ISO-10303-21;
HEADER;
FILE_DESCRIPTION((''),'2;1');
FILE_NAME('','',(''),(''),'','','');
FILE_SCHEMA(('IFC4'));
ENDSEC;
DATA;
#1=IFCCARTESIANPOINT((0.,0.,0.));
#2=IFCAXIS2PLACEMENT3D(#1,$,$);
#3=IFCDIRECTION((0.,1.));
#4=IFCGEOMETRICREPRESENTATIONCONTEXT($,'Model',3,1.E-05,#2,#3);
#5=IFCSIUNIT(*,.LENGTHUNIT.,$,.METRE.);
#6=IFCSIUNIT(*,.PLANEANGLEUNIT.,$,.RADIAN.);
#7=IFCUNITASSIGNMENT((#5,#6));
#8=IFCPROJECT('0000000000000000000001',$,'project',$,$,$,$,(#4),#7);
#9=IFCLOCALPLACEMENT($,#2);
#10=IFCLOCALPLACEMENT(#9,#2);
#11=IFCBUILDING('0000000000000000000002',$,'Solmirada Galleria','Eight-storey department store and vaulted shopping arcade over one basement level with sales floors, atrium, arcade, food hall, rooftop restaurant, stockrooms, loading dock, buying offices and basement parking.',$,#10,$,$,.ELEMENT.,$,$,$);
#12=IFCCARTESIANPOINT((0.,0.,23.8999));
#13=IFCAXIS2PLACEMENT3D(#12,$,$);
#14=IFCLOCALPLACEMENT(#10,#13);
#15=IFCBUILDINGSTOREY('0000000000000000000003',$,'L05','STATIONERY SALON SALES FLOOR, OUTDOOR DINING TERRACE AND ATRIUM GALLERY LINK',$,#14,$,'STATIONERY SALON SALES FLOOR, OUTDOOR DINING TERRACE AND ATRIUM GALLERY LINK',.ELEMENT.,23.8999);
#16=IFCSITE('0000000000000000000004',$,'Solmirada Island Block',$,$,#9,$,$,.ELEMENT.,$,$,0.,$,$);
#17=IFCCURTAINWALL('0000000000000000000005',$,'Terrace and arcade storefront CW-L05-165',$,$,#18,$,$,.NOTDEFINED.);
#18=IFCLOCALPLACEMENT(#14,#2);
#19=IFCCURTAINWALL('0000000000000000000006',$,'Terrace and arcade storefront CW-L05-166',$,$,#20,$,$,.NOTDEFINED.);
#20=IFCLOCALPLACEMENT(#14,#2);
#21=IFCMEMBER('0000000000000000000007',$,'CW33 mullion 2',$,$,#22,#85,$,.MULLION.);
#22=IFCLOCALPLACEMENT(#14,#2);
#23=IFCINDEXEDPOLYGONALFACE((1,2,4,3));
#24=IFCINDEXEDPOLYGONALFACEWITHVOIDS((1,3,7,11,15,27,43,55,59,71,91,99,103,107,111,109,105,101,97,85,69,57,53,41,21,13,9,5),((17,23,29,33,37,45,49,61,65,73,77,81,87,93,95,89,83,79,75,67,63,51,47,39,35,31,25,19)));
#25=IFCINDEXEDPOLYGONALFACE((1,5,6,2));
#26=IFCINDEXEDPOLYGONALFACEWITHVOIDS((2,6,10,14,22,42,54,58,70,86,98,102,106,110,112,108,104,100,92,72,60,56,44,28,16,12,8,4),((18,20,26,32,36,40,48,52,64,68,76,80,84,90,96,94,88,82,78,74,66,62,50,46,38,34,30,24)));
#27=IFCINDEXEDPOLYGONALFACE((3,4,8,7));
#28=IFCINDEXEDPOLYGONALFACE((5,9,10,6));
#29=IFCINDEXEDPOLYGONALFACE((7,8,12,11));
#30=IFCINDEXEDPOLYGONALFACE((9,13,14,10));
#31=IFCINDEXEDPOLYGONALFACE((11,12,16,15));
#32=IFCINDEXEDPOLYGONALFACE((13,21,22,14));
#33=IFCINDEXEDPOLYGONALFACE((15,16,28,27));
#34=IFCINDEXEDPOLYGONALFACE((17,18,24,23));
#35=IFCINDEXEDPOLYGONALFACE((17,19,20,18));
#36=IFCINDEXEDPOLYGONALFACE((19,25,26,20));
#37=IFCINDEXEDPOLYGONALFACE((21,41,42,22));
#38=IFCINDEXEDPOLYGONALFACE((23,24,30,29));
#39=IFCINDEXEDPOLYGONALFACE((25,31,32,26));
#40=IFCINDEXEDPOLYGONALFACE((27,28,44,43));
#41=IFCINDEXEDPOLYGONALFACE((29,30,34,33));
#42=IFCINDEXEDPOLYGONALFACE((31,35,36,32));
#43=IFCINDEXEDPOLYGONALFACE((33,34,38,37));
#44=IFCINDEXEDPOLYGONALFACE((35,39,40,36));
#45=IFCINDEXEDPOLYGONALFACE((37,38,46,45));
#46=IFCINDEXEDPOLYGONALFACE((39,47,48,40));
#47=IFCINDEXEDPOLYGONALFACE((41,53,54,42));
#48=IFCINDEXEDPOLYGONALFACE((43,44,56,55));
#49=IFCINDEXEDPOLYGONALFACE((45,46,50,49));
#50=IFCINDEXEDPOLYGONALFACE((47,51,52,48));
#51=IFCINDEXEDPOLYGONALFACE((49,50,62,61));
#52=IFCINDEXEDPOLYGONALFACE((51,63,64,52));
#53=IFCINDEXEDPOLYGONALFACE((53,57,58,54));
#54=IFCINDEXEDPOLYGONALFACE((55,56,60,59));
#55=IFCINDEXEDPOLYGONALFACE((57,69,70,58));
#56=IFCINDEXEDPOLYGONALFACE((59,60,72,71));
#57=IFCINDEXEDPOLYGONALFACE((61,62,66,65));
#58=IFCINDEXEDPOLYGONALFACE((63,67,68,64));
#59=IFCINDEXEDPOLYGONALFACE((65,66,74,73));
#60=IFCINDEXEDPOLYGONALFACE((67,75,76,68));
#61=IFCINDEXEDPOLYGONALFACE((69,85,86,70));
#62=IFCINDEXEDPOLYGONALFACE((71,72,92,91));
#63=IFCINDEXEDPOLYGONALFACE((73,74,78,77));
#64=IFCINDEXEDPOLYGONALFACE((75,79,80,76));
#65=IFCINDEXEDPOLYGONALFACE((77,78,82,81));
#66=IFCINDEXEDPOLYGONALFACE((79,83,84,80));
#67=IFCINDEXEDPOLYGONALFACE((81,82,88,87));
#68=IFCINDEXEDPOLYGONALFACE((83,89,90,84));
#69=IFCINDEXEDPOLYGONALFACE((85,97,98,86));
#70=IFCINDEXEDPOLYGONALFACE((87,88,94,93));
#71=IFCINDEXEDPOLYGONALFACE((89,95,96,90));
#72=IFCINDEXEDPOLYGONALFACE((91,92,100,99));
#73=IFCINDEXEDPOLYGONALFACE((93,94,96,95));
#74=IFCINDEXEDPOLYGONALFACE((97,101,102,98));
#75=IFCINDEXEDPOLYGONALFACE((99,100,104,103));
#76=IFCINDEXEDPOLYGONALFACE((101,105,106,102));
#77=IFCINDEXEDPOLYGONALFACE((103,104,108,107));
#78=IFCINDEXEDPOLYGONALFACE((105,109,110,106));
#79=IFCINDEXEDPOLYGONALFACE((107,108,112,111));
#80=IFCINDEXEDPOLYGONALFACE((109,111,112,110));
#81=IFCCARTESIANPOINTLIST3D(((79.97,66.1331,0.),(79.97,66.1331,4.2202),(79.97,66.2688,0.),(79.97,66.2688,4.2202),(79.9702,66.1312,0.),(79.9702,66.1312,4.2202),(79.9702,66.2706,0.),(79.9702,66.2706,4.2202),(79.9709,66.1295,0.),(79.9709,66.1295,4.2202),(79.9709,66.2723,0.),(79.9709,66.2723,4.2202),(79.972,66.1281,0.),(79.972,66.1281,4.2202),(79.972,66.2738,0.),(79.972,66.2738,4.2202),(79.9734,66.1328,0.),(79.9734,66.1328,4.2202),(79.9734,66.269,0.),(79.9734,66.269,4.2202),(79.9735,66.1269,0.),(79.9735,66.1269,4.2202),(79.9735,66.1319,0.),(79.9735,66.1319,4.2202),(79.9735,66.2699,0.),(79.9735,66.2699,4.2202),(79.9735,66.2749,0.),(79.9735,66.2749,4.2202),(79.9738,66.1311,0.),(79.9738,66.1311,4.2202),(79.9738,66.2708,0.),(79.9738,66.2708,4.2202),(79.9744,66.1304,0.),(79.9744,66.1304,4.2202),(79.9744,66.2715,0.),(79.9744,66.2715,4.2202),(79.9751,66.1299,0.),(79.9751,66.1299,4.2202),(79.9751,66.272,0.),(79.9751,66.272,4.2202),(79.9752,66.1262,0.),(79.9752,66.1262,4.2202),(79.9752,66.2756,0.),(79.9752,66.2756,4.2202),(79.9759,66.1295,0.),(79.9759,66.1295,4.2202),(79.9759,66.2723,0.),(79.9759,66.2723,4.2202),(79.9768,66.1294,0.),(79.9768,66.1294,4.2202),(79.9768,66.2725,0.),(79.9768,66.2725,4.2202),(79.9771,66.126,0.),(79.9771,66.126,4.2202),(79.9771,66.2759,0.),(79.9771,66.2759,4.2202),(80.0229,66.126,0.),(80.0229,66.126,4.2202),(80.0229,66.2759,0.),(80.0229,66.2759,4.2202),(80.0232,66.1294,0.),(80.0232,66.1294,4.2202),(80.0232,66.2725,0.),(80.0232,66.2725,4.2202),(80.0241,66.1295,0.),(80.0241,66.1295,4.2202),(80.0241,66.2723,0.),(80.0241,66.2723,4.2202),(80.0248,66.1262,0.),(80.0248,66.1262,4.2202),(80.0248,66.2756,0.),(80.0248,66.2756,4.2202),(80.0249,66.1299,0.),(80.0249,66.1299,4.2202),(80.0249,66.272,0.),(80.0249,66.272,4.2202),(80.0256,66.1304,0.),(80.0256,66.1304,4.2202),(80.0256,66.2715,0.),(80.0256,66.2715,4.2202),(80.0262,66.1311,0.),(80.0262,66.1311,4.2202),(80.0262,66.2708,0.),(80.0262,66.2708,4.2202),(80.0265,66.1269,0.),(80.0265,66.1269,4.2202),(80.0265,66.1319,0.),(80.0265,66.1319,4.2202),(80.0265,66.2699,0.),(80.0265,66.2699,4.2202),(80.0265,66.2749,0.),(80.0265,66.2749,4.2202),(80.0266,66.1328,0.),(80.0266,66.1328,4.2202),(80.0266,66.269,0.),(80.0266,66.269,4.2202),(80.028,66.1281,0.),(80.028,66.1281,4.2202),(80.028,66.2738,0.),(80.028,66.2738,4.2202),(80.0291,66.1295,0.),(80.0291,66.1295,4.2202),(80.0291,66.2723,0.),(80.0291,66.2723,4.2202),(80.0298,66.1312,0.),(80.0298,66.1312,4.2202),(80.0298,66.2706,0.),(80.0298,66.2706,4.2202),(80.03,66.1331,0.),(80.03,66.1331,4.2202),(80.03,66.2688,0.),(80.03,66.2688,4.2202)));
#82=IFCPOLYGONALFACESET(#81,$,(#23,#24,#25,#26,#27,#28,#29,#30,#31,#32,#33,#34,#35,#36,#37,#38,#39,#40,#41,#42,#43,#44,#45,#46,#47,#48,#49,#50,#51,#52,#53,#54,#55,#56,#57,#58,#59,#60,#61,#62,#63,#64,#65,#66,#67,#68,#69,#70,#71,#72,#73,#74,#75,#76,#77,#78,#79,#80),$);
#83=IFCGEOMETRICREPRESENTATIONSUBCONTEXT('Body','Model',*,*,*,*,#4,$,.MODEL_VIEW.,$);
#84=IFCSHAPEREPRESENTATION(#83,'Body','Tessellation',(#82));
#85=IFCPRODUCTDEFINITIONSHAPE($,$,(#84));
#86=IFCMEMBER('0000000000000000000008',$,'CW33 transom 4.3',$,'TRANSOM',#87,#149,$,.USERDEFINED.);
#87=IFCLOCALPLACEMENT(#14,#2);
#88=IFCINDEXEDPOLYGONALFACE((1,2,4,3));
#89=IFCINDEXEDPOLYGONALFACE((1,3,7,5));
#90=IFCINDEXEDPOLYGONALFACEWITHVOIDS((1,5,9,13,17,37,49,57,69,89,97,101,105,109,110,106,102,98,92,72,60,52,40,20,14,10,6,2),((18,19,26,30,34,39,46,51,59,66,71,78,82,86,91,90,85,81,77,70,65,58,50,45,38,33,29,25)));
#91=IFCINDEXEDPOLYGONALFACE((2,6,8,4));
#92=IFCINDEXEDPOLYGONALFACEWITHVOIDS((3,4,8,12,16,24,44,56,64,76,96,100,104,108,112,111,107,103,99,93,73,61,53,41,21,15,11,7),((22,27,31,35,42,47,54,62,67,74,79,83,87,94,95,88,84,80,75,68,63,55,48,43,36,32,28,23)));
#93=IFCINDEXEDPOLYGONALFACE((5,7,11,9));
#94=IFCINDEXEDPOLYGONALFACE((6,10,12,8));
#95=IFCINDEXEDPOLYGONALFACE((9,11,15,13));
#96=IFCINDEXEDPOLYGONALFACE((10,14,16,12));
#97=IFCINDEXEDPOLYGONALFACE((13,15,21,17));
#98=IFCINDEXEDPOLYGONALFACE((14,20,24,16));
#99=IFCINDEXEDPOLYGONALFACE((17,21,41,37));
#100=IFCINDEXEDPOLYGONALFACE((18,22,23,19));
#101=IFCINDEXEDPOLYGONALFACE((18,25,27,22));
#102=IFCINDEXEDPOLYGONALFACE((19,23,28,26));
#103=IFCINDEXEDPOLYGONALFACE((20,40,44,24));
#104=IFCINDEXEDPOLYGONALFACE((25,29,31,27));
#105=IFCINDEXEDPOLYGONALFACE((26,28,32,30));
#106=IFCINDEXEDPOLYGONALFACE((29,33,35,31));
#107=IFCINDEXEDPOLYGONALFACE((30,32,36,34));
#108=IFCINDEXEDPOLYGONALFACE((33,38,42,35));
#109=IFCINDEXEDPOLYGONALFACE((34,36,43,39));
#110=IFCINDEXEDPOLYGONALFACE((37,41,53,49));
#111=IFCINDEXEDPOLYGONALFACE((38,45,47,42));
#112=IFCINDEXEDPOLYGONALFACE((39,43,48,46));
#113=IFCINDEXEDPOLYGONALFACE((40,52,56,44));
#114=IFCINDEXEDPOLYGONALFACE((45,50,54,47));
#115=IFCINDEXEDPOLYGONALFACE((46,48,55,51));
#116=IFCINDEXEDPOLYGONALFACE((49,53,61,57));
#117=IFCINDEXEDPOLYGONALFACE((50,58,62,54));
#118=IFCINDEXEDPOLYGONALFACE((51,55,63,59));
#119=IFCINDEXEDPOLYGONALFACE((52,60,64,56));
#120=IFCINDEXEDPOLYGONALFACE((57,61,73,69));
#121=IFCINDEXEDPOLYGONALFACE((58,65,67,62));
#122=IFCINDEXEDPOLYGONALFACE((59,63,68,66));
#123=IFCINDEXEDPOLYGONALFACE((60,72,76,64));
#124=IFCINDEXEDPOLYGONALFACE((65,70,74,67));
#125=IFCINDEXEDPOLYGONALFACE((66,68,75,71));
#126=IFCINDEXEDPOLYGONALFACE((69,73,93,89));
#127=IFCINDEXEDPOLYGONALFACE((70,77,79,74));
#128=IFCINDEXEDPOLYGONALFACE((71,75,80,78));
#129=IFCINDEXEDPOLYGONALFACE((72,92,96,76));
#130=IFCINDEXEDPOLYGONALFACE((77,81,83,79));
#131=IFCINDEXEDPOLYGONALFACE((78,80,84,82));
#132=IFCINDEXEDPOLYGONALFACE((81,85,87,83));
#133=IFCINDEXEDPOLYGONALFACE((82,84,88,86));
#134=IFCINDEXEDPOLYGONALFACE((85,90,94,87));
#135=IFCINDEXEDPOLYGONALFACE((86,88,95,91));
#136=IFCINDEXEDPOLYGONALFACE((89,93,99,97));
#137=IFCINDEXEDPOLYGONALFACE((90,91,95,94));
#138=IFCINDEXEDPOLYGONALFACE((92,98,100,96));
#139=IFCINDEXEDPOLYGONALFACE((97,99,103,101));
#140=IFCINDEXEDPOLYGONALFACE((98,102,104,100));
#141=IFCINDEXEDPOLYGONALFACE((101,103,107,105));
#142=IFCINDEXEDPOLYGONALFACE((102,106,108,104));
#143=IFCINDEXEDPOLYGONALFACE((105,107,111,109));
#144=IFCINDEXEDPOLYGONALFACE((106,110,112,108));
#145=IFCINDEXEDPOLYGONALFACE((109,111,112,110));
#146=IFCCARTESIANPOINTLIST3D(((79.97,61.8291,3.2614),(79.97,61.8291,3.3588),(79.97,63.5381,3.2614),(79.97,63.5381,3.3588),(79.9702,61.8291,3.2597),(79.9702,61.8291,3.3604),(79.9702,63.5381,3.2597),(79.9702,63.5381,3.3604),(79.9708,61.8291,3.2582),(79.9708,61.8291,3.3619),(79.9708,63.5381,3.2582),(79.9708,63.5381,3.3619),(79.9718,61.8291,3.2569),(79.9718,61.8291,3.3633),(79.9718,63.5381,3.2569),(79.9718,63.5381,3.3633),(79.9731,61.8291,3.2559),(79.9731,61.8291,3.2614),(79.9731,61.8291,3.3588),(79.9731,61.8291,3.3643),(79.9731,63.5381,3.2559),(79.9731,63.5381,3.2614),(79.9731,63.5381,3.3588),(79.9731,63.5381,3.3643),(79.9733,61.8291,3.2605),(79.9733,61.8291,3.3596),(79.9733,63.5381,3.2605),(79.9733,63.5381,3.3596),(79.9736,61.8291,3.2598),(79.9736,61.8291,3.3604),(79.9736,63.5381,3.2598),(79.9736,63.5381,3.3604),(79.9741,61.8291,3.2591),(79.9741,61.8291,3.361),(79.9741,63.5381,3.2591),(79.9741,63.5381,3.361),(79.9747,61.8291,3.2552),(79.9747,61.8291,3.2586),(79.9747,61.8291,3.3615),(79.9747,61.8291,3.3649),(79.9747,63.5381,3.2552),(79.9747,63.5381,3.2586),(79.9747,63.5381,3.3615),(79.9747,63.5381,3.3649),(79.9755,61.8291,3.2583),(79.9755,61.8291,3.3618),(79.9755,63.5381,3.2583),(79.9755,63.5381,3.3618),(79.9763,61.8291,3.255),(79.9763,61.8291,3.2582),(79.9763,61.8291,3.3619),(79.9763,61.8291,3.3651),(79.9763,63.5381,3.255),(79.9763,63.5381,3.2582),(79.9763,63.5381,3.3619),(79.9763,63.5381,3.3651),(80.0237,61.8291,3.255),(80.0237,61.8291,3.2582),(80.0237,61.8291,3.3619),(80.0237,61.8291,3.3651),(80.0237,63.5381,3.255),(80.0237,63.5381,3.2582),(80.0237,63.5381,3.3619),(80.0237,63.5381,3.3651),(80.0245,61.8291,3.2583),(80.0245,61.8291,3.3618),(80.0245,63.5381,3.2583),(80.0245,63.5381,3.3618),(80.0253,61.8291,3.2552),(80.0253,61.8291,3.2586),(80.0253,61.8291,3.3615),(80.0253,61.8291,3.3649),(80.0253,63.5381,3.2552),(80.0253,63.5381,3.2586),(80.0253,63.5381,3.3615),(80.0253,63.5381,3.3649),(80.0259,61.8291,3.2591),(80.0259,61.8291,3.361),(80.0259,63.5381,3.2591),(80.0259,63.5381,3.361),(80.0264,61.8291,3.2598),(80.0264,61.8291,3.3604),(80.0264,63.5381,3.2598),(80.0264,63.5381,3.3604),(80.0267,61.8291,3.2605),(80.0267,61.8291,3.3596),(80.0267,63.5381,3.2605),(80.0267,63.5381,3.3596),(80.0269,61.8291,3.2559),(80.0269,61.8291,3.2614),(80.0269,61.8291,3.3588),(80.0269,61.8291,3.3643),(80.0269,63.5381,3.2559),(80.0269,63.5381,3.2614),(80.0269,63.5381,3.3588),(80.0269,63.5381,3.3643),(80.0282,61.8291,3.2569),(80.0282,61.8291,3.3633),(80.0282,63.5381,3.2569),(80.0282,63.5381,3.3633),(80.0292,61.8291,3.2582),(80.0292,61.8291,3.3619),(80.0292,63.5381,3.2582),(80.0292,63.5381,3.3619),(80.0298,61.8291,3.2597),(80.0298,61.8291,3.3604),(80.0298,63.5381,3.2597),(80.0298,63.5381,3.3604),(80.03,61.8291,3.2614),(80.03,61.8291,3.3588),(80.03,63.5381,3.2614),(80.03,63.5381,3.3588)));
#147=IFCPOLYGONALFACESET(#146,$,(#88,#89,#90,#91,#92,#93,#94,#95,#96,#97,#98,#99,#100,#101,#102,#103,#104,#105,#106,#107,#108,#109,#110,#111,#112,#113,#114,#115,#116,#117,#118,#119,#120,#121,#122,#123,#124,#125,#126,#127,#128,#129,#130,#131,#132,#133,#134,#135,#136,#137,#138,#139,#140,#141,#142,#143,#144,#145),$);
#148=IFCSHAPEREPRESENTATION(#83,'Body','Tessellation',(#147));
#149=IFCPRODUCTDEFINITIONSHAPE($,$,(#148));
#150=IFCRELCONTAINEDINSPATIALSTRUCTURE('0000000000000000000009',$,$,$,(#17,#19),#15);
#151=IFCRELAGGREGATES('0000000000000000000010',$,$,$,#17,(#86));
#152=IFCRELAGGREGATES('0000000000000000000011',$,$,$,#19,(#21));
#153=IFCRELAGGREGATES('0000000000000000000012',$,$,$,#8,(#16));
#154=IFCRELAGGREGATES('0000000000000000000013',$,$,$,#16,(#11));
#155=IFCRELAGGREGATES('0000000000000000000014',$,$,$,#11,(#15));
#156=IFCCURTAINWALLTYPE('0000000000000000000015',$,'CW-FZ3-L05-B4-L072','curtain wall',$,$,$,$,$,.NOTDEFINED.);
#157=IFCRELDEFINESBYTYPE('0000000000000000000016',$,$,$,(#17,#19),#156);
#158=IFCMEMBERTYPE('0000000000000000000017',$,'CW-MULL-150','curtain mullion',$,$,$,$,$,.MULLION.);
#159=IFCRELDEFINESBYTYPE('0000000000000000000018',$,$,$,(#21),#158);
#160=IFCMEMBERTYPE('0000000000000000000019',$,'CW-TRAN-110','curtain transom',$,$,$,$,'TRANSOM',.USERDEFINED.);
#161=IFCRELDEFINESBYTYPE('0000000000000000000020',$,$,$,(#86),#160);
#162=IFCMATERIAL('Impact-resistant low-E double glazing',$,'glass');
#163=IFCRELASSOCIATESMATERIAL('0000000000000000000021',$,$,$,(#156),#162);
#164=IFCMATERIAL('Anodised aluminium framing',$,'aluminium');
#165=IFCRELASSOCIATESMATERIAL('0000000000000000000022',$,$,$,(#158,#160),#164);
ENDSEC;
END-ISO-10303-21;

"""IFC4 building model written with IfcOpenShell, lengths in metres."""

from ifc_helpers import new_model, si_unit, direction, frame, origin, origin_2d, place, context, subcontext, project, spatial, hollow_rectangle, extrude, material, material_profile, profile_set, type_object, element, aggregate, save


model = new_model("IFC4")

# Units and contexts
model_context = context("Model", 3, precision=1e-05, world=origin(), true_north=direction((0.0, 1.0)))
body_context = subcontext(model_context, "Body", "Model", "MODEL_VIEW")
ifc_project = project(units=[si_unit("LENGTHUNIT", "METRE"), si_unit("PLANEANGLEUNIT", "RADIAN")], contexts=[model_context])

# Site, building, storey
site_placement = place(None, origin())
site = spatial("IfcSite", under=ifc_project, at=site_placement, Name="Solmirada Island Block", CompositionType="ELEMENT", RefElevation=0.0)
building_placement = place(site_placement, origin())
building = spatial("IfcBuilding", under=site, at=building_placement, Name="Solmirada Galleria", Description="Eight-storey department store and vaulted shopping arcade over one basement level with sales floors, atrium, arcade, food hall, rooftop restaurant, stockrooms, loading dock, buying offices and basement parking.", CompositionType="ELEMENT")
storey_placement = place(building_placement, frame((0.0, 0.0, 23.8999)))
storey = spatial("IfcBuildingStorey", under=building, at=storey_placement, Name="L05", Description="STATIONERY SALON SALES FLOOR, OUTDOOR DINING TERRACE AND ATRIUM GALLERY LINK", LongName="STATIONERY SALON SALES FLOOR, OUTDOOR DINING TERRACE AND ATRIUM GALLERY LINK", CompositionType="ELEMENT", Elevation=23.8999)

# Curtain wall
ifc_material_1 = material(Name="Impact-resistant low-E double glazing", Category="glass")
curtain_wall_type = type_object("IfcCurtainWallType", Name="CW-FZ3-L05-B4-L072", Description="curtain wall", PredefinedType="NOTDEFINED", material=ifc_material_1)
curtain_wall_1_placement = place(storey_placement, origin())
curtain_wall_1 = element("IfcCurtainWall", 1, at=curtain_wall_1_placement, inside=storey, type_object=curtain_wall_type, Name="Terrace and arcade storefront CW-L05-165", PredefinedType="NOTDEFINED")
ifc_material_2 = material(Name="Anodised aluminium framing", Category="aluminium")
ifc_material_profile_1 = material_profile(ifc_material_2, hollow_rectangle(XDim=0.0601, YDim=0.1499, WallThickness=0.0034, InnerFilletRadius=0.0034, OuterFilletRadius=0.0071, at=origin_2d()), Name="ALU-MULL-150X60")
ifc_profile_set_1 = profile_set([ifc_material_profile_1], Name="Anodised aluminium framing")
member_type_1 = type_object("IfcMemberType", Name="CW-MULL-150", Description="curtain mullion", PredefinedType="MULLION", material=ifc_profile_set_1)

# Curtain wall, member
curtain_wall_2_placement = place(storey_placement, origin())
curtain_wall_2 = element("IfcCurtainWall", 2, at=curtain_wall_2_placement, inside=storey, type_object=curtain_wall_type, Name="Terrace and arcade storefront CW-L05-166", PredefinedType="NOTDEFINED")
member_1_placement = place(storey_placement, frame((80.0, 66.2009, 0.0), z_axis=(0.0, 0.0, 1.0), x_axis=(-1.0, 0.0, 0.0)))
member_1 = element("IfcMember", 3, at=member_1_placement, type_object=member_type_1, Name="CW33 mullion 2", PredefinedType="MULLION", context=body_context, shape_type="SweptSolid", body=[
    extrude(hollow_rectangle(XDim=0.0601, YDim=0.1499, WallThickness=0.0034, InnerFilletRadius=0.0034, OuterFilletRadius=0.0071, at=origin_2d()), origin(), (0.0, 0.0, 1.0), 4.2202),
])

# Member
ifc_material_profile_2 = material_profile(ifc_material_2, hollow_rectangle(XDim=0.0601, YDim=0.1101, WallThickness=0.0032, InnerFilletRadius=0.0032, OuterFilletRadius=0.0063, at=origin_2d()), Name="ALU-TRAN-110X60")
ifc_profile_set_2 = profile_set([ifc_material_profile_2], Name="Anodised aluminium framing")
member_type_2 = type_object("IfcMemberType", Name="CW-TRAN-110", Description="curtain transom", ElementType="TRANSOM", PredefinedType="USERDEFINED", material=ifc_profile_set_2)
member_2_placement = place(storey_placement, frame((80.0, 61.8291, 3.3101), z_axis=(0.0, 1.0, 0.0), x_axis=(-1.0, 0.0, 0.0)))
member_2 = element("IfcMember", 4, at=member_2_placement, type_object=member_type_2, Name="CW33 transom 4.3", ObjectType="TRANSOM", PredefinedType="USERDEFINED", context=body_context, shape_type="SweptSolid", body=[
    extrude(hollow_rectangle(XDim=0.0601, YDim=0.1101, WallThickness=0.0032, InnerFilletRadius=0.0032, OuterFilletRadius=0.0063, at=origin_2d()), origin(), (0.0, 0.0, 1.0), 1.709),
])

aggregate(curtain_wall_1, [member_2])
aggregate(curtain_wall_2, [member_1])

save(model, "model.ifc")
